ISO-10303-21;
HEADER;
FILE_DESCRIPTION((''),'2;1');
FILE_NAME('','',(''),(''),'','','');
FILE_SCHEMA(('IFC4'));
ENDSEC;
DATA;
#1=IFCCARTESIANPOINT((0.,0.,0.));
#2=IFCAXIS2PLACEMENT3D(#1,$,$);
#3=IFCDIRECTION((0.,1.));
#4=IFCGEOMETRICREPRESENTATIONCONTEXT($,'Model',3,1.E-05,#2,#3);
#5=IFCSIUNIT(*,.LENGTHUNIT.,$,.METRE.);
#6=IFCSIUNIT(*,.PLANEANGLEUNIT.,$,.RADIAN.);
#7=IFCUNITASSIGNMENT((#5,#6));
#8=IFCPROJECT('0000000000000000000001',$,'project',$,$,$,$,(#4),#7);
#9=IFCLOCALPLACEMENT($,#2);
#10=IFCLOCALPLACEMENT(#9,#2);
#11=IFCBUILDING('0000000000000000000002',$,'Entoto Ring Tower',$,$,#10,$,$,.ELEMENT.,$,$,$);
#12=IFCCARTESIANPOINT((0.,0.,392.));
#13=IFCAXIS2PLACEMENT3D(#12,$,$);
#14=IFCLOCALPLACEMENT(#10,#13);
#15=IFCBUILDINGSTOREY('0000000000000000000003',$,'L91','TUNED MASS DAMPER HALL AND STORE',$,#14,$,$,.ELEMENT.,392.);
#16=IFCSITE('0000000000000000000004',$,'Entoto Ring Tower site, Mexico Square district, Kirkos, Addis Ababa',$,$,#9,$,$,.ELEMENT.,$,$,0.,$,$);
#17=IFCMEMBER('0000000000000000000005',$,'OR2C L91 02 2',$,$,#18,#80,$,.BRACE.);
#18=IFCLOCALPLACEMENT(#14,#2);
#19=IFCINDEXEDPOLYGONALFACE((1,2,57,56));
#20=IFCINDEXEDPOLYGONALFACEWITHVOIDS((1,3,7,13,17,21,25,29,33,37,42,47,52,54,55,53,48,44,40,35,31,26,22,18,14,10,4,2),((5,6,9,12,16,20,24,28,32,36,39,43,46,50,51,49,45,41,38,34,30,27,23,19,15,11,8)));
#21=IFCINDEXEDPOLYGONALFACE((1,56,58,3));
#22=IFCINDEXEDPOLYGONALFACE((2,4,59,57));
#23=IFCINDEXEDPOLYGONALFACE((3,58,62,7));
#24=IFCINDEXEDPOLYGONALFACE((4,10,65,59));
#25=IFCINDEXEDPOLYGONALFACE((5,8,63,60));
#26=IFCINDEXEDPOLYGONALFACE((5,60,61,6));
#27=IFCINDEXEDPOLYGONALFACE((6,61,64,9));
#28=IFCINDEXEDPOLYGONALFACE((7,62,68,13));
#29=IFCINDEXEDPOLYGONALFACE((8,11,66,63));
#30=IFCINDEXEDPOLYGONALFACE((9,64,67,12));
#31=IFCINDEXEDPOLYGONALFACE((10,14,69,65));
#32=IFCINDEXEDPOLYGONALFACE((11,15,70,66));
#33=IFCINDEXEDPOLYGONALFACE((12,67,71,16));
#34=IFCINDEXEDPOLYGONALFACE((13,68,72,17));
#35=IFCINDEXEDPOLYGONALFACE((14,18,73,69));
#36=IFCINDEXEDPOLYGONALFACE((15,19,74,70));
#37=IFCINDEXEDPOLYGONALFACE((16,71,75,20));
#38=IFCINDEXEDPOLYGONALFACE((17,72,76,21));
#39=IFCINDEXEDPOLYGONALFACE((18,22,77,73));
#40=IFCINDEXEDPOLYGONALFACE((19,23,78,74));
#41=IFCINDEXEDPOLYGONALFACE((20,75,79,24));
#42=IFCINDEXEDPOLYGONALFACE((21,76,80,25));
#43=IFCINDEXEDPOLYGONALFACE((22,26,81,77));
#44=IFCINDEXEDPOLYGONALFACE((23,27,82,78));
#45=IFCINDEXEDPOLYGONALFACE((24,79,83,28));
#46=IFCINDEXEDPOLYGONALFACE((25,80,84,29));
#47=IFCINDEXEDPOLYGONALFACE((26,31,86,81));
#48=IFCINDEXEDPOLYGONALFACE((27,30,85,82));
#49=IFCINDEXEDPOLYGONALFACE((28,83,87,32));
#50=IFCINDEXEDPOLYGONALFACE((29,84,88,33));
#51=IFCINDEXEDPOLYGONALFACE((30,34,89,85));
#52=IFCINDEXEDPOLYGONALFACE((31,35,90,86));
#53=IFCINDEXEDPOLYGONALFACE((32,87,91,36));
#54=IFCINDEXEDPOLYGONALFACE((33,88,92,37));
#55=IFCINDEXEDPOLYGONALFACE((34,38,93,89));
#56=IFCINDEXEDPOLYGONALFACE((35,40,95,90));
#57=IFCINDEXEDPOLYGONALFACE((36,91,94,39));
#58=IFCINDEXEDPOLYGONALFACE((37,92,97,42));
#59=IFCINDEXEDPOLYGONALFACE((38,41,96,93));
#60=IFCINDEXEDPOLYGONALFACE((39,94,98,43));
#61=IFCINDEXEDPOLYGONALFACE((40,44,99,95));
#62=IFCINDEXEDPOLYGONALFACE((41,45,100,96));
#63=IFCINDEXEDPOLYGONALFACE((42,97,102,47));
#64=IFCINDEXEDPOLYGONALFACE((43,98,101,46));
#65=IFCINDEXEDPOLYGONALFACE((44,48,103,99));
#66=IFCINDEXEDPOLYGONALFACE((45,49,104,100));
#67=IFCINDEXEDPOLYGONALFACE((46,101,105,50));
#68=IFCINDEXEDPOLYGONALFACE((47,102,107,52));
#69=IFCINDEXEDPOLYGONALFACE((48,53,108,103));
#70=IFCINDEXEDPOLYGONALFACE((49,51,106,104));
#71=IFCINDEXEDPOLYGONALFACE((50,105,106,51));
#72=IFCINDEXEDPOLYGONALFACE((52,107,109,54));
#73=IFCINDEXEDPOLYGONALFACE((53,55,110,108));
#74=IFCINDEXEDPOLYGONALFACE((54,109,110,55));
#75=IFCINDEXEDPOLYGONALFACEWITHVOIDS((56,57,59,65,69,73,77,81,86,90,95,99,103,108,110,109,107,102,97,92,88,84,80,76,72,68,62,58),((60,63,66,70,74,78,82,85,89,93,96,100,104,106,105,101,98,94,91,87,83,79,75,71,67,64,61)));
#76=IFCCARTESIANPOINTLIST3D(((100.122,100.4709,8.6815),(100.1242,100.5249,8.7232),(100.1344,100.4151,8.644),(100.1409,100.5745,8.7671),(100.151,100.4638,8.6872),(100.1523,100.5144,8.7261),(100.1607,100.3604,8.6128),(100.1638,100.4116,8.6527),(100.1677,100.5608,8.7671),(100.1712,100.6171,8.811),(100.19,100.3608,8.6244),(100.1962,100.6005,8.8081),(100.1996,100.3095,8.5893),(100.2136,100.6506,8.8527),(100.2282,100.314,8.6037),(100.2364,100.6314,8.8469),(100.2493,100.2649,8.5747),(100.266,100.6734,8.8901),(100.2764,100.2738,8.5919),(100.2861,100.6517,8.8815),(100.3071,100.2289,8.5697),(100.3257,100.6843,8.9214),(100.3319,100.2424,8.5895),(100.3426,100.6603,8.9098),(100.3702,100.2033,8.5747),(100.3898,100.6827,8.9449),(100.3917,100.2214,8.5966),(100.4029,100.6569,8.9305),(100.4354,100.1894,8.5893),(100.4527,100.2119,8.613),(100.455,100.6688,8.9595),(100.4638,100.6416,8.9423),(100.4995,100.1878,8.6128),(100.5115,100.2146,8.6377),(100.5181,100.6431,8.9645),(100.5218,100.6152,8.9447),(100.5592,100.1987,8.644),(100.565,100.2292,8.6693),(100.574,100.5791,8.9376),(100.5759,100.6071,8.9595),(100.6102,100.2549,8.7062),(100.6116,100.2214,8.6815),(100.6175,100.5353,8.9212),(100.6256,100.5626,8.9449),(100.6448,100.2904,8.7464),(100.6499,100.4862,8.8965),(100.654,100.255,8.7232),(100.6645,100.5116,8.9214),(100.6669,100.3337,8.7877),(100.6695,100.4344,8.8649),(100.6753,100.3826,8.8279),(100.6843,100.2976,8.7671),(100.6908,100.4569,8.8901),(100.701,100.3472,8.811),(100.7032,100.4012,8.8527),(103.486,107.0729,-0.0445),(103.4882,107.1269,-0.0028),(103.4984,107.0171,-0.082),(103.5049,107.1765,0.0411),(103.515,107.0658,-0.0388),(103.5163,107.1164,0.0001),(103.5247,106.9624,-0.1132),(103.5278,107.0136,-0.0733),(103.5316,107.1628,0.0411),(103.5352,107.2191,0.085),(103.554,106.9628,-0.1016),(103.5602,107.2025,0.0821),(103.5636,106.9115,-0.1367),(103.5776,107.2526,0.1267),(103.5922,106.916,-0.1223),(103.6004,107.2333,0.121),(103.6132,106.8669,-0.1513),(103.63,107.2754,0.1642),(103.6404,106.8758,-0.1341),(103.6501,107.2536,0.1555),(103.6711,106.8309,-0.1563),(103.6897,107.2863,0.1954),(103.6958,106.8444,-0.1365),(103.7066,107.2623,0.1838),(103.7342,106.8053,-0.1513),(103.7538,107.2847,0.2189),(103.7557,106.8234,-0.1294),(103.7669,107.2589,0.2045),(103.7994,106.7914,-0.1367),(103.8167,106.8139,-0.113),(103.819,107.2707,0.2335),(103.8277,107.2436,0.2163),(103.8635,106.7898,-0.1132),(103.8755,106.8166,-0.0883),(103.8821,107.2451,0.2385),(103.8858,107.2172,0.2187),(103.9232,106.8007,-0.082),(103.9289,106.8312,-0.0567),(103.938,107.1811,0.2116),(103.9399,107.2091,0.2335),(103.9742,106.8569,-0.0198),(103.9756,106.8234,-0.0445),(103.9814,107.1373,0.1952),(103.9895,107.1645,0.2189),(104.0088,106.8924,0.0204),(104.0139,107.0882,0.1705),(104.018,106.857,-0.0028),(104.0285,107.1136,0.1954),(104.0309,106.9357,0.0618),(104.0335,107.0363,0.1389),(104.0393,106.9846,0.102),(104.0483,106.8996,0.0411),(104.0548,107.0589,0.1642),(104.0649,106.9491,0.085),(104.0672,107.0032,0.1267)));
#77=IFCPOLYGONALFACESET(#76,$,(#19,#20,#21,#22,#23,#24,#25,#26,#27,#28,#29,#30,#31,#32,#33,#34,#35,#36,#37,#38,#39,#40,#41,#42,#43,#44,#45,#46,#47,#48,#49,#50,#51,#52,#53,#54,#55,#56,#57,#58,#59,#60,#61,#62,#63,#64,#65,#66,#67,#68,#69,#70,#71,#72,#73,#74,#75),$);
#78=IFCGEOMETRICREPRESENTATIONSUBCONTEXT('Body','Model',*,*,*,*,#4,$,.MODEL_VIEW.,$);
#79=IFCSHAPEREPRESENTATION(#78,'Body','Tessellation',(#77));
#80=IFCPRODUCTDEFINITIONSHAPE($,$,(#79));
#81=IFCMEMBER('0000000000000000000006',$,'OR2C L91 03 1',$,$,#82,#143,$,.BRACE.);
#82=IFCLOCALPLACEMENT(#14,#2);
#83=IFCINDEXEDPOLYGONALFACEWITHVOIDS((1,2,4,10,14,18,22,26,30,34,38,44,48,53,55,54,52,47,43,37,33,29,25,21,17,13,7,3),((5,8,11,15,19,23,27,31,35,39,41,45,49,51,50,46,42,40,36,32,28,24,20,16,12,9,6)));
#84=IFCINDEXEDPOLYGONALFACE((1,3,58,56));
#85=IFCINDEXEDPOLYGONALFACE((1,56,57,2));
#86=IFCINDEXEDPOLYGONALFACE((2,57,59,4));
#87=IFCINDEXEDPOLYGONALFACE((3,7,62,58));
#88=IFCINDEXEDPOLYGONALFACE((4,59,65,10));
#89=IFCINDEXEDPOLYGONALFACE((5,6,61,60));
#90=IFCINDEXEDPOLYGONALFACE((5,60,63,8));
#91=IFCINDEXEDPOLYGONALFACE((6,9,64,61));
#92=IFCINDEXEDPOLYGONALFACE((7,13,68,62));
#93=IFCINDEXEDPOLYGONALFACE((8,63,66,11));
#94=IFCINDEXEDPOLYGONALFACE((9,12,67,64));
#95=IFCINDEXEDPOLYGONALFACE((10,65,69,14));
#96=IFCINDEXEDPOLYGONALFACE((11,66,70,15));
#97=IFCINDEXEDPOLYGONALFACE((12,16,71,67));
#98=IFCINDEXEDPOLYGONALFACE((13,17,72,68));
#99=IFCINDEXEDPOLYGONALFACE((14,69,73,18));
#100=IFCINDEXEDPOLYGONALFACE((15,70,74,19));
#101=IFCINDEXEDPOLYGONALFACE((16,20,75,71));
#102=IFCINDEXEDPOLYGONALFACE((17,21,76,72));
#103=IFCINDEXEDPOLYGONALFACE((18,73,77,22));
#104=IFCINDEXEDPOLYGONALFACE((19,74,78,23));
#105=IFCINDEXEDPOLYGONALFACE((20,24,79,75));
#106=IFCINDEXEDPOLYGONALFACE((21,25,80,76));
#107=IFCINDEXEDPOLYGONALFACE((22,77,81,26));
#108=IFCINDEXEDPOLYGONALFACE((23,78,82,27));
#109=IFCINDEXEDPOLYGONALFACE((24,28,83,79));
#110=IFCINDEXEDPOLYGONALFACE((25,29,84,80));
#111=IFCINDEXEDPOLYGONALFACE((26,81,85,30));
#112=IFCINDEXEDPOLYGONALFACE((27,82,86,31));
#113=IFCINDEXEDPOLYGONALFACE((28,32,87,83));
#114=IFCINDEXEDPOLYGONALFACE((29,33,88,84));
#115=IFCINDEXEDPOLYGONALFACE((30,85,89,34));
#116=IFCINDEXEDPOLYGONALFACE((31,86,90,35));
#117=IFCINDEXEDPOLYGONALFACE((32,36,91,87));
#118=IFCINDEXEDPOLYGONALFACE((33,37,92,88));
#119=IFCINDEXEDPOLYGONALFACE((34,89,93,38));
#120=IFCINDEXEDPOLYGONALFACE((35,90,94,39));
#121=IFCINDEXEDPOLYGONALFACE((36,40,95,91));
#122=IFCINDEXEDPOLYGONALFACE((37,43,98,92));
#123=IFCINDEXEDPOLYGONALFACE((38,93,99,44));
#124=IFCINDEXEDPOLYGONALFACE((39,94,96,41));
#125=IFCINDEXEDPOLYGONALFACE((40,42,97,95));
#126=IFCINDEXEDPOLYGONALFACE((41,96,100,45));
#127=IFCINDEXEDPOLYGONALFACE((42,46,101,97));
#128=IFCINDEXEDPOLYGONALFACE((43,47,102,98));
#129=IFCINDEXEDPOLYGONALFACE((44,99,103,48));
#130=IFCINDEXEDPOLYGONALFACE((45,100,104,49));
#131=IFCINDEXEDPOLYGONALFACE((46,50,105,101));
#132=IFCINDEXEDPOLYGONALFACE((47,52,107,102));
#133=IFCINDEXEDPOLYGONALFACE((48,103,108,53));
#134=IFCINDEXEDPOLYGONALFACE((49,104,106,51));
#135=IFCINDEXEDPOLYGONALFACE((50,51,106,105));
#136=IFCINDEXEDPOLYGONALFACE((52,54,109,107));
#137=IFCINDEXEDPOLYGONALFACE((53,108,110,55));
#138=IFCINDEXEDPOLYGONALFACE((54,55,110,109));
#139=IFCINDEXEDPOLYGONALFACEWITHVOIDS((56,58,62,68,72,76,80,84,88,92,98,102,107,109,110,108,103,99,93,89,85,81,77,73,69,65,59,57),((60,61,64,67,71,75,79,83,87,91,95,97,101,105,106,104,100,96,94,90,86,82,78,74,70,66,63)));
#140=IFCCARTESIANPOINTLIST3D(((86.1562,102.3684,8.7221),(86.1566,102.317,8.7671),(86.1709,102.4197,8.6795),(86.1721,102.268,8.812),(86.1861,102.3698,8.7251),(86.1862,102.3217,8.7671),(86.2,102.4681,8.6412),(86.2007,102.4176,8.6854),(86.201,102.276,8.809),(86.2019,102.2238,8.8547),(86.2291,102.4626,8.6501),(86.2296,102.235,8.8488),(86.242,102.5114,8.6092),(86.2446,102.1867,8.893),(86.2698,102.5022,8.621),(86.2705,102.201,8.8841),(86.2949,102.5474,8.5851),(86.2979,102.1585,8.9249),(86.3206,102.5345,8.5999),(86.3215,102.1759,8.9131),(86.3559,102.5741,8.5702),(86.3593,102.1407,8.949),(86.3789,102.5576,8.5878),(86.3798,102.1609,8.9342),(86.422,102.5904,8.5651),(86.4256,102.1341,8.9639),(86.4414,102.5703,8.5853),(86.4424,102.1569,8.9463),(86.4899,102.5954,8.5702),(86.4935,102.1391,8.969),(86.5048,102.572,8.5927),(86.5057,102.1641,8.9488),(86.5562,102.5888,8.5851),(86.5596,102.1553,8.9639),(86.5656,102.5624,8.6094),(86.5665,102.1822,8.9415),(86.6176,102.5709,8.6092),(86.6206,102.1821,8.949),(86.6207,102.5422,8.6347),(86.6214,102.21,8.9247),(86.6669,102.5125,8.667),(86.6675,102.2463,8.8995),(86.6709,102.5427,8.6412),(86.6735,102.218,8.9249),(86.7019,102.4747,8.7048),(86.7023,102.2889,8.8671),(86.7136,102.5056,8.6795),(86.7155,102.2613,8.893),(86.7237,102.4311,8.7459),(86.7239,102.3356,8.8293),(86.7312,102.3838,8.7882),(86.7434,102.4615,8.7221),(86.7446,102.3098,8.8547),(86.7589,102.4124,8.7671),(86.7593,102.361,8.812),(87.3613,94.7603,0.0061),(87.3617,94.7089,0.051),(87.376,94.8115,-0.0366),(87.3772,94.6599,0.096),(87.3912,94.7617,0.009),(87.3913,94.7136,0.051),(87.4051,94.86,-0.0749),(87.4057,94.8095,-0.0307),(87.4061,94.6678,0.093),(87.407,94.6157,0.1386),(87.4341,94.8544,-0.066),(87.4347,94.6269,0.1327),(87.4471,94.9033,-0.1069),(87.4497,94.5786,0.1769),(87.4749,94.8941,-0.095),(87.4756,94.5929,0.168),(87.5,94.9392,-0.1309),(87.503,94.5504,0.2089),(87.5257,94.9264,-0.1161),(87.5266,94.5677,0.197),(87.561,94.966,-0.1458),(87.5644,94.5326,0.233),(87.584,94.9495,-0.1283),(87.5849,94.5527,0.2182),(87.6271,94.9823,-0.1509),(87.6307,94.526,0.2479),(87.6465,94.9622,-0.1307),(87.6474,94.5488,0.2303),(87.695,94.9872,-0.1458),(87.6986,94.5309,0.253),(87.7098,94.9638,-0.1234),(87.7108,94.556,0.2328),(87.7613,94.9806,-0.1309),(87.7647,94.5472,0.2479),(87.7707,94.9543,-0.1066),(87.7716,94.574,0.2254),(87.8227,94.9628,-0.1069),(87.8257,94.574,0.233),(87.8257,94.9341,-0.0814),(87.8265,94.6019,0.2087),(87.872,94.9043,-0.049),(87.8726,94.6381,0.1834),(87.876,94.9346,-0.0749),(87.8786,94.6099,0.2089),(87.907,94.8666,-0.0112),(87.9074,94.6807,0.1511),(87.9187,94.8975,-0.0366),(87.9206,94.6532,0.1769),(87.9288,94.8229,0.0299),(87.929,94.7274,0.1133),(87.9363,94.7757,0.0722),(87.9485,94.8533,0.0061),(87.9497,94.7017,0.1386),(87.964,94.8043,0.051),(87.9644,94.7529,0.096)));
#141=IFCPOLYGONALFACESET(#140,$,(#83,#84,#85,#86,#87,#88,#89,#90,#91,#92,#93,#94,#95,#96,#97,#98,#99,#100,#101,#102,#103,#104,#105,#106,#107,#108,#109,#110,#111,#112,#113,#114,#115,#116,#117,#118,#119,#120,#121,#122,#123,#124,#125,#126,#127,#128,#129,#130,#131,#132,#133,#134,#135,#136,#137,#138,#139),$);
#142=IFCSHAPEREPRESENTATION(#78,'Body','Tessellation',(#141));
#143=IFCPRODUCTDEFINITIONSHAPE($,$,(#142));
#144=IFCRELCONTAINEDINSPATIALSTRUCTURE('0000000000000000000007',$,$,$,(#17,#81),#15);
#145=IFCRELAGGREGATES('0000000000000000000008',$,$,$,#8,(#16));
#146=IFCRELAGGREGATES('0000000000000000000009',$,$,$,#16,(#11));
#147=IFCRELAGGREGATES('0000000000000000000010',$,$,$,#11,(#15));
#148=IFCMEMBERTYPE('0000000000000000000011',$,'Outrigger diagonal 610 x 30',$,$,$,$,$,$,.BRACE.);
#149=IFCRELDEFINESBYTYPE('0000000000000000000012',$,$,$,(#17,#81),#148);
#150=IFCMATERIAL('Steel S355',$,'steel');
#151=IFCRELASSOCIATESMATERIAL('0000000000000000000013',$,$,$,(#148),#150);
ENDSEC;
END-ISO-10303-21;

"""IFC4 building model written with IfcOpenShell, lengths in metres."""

from ifc_helpers import new_model, si_unit, direction, frame, origin, origin_2d, place, context, subcontext, project, spatial, circle, hollow_circle, extrude, material, material_profile, profile_set, type_object, element, save


model = new_model("IFC4")

# Units and contexts
model_context = context("Model", 3, precision=1e-05, world=origin(), true_north=direction((0.0, 1.0)))
body_context = subcontext(model_context, "Body", "Model", "MODEL_VIEW")
ifc_project = project(units=[si_unit("LENGTHUNIT", "METRE"), si_unit("PLANEANGLEUNIT", "RADIAN")], contexts=[model_context])

# Site, building, storey
site_placement = place(None, origin())
site = spatial("IfcSite", under=ifc_project, at=site_placement, Name="Entoto Ring Tower site, Mexico Square district, Kirkos, Addis Ababa", CompositionType="ELEMENT", RefElevation=0.0)
building_placement = place(site_placement, origin())
building = spatial("IfcBuilding", under=site, at=building_placement, Name="Entoto Ring Tower", CompositionType="ELEMENT")
storey_placement = place(building_placement, frame((0.0, 0.0, 392.0)))
storey = spatial("IfcBuildingStorey", under=building, at=storey_placement, Name="L91", Description="TUNED MASS DAMPER HALL AND STORE", CompositionType="ELEMENT", Elevation=392.0)

# Members
ifc_material_1 = material(Name="Steel S355", Category="steel")
ifc_material_profile_1 = material_profile(ifc_material_1, hollow_circle(Radius=0.3049, WallThickness=0.03, at=origin_2d()), Name="CHS 610 x 30")
ifc_material_2 = material(Name="Concrete C60/75", Category="concrete")
ifc_material_profile_2 = material_profile(ifc_material_2, circle(Radius=0.2749, at=origin_2d()), Name="Concrete C60/75 infill")
ifc_profile_set_1 = profile_set([ifc_material_profile_1, ifc_material_profile_2], Name="Steel S355")
member_type_1 = type_object("IfcMemberType", Name="Outrigger diagonal 610 x 30", PredefinedType="BRACE", material=ifc_profile_set_1)
member_1_placement = place(storey_placement, frame((100.4126, 100.436, 8.7671), z_axis=(0.293861, 0.576718, -0.762261), x_axis=(-0.891001, 0.454001, 0.0)))
element("IfcMember", 1, at=member_1_placement, inside=storey, type_object=member_type_1, Name="OR2C L91 02 2", PredefinedType="BRACE", context=body_context, shape_type="SweptSolid", body=[
    extrude(hollow_circle(Radius=0.3049, WallThickness=0.03, at=origin_2d()), origin(), (0.0, 0.0, 1.0), 11.4475),
])
member_2_placement = place(storey_placement, frame((87.6628, 94.7566, 0.051), z_axis=(-0.103599, 0.654065, 0.749311), x_axis=(-0.987687, -0.156443, 0.0)))
element("IfcMember", 2, at=member_2_placement, inside=storey, type_object=member_type_1, Name="OR2C L91 03 1", PredefinedType="BRACE", context=body_context, shape_type="SweptSolid", body=[
    extrude(hollow_circle(Radius=0.3049, WallThickness=0.03, at=origin_2d()), origin(), (0.0, 0.0, 1.0), 11.6321),
])

save(model, "model.ifc")
